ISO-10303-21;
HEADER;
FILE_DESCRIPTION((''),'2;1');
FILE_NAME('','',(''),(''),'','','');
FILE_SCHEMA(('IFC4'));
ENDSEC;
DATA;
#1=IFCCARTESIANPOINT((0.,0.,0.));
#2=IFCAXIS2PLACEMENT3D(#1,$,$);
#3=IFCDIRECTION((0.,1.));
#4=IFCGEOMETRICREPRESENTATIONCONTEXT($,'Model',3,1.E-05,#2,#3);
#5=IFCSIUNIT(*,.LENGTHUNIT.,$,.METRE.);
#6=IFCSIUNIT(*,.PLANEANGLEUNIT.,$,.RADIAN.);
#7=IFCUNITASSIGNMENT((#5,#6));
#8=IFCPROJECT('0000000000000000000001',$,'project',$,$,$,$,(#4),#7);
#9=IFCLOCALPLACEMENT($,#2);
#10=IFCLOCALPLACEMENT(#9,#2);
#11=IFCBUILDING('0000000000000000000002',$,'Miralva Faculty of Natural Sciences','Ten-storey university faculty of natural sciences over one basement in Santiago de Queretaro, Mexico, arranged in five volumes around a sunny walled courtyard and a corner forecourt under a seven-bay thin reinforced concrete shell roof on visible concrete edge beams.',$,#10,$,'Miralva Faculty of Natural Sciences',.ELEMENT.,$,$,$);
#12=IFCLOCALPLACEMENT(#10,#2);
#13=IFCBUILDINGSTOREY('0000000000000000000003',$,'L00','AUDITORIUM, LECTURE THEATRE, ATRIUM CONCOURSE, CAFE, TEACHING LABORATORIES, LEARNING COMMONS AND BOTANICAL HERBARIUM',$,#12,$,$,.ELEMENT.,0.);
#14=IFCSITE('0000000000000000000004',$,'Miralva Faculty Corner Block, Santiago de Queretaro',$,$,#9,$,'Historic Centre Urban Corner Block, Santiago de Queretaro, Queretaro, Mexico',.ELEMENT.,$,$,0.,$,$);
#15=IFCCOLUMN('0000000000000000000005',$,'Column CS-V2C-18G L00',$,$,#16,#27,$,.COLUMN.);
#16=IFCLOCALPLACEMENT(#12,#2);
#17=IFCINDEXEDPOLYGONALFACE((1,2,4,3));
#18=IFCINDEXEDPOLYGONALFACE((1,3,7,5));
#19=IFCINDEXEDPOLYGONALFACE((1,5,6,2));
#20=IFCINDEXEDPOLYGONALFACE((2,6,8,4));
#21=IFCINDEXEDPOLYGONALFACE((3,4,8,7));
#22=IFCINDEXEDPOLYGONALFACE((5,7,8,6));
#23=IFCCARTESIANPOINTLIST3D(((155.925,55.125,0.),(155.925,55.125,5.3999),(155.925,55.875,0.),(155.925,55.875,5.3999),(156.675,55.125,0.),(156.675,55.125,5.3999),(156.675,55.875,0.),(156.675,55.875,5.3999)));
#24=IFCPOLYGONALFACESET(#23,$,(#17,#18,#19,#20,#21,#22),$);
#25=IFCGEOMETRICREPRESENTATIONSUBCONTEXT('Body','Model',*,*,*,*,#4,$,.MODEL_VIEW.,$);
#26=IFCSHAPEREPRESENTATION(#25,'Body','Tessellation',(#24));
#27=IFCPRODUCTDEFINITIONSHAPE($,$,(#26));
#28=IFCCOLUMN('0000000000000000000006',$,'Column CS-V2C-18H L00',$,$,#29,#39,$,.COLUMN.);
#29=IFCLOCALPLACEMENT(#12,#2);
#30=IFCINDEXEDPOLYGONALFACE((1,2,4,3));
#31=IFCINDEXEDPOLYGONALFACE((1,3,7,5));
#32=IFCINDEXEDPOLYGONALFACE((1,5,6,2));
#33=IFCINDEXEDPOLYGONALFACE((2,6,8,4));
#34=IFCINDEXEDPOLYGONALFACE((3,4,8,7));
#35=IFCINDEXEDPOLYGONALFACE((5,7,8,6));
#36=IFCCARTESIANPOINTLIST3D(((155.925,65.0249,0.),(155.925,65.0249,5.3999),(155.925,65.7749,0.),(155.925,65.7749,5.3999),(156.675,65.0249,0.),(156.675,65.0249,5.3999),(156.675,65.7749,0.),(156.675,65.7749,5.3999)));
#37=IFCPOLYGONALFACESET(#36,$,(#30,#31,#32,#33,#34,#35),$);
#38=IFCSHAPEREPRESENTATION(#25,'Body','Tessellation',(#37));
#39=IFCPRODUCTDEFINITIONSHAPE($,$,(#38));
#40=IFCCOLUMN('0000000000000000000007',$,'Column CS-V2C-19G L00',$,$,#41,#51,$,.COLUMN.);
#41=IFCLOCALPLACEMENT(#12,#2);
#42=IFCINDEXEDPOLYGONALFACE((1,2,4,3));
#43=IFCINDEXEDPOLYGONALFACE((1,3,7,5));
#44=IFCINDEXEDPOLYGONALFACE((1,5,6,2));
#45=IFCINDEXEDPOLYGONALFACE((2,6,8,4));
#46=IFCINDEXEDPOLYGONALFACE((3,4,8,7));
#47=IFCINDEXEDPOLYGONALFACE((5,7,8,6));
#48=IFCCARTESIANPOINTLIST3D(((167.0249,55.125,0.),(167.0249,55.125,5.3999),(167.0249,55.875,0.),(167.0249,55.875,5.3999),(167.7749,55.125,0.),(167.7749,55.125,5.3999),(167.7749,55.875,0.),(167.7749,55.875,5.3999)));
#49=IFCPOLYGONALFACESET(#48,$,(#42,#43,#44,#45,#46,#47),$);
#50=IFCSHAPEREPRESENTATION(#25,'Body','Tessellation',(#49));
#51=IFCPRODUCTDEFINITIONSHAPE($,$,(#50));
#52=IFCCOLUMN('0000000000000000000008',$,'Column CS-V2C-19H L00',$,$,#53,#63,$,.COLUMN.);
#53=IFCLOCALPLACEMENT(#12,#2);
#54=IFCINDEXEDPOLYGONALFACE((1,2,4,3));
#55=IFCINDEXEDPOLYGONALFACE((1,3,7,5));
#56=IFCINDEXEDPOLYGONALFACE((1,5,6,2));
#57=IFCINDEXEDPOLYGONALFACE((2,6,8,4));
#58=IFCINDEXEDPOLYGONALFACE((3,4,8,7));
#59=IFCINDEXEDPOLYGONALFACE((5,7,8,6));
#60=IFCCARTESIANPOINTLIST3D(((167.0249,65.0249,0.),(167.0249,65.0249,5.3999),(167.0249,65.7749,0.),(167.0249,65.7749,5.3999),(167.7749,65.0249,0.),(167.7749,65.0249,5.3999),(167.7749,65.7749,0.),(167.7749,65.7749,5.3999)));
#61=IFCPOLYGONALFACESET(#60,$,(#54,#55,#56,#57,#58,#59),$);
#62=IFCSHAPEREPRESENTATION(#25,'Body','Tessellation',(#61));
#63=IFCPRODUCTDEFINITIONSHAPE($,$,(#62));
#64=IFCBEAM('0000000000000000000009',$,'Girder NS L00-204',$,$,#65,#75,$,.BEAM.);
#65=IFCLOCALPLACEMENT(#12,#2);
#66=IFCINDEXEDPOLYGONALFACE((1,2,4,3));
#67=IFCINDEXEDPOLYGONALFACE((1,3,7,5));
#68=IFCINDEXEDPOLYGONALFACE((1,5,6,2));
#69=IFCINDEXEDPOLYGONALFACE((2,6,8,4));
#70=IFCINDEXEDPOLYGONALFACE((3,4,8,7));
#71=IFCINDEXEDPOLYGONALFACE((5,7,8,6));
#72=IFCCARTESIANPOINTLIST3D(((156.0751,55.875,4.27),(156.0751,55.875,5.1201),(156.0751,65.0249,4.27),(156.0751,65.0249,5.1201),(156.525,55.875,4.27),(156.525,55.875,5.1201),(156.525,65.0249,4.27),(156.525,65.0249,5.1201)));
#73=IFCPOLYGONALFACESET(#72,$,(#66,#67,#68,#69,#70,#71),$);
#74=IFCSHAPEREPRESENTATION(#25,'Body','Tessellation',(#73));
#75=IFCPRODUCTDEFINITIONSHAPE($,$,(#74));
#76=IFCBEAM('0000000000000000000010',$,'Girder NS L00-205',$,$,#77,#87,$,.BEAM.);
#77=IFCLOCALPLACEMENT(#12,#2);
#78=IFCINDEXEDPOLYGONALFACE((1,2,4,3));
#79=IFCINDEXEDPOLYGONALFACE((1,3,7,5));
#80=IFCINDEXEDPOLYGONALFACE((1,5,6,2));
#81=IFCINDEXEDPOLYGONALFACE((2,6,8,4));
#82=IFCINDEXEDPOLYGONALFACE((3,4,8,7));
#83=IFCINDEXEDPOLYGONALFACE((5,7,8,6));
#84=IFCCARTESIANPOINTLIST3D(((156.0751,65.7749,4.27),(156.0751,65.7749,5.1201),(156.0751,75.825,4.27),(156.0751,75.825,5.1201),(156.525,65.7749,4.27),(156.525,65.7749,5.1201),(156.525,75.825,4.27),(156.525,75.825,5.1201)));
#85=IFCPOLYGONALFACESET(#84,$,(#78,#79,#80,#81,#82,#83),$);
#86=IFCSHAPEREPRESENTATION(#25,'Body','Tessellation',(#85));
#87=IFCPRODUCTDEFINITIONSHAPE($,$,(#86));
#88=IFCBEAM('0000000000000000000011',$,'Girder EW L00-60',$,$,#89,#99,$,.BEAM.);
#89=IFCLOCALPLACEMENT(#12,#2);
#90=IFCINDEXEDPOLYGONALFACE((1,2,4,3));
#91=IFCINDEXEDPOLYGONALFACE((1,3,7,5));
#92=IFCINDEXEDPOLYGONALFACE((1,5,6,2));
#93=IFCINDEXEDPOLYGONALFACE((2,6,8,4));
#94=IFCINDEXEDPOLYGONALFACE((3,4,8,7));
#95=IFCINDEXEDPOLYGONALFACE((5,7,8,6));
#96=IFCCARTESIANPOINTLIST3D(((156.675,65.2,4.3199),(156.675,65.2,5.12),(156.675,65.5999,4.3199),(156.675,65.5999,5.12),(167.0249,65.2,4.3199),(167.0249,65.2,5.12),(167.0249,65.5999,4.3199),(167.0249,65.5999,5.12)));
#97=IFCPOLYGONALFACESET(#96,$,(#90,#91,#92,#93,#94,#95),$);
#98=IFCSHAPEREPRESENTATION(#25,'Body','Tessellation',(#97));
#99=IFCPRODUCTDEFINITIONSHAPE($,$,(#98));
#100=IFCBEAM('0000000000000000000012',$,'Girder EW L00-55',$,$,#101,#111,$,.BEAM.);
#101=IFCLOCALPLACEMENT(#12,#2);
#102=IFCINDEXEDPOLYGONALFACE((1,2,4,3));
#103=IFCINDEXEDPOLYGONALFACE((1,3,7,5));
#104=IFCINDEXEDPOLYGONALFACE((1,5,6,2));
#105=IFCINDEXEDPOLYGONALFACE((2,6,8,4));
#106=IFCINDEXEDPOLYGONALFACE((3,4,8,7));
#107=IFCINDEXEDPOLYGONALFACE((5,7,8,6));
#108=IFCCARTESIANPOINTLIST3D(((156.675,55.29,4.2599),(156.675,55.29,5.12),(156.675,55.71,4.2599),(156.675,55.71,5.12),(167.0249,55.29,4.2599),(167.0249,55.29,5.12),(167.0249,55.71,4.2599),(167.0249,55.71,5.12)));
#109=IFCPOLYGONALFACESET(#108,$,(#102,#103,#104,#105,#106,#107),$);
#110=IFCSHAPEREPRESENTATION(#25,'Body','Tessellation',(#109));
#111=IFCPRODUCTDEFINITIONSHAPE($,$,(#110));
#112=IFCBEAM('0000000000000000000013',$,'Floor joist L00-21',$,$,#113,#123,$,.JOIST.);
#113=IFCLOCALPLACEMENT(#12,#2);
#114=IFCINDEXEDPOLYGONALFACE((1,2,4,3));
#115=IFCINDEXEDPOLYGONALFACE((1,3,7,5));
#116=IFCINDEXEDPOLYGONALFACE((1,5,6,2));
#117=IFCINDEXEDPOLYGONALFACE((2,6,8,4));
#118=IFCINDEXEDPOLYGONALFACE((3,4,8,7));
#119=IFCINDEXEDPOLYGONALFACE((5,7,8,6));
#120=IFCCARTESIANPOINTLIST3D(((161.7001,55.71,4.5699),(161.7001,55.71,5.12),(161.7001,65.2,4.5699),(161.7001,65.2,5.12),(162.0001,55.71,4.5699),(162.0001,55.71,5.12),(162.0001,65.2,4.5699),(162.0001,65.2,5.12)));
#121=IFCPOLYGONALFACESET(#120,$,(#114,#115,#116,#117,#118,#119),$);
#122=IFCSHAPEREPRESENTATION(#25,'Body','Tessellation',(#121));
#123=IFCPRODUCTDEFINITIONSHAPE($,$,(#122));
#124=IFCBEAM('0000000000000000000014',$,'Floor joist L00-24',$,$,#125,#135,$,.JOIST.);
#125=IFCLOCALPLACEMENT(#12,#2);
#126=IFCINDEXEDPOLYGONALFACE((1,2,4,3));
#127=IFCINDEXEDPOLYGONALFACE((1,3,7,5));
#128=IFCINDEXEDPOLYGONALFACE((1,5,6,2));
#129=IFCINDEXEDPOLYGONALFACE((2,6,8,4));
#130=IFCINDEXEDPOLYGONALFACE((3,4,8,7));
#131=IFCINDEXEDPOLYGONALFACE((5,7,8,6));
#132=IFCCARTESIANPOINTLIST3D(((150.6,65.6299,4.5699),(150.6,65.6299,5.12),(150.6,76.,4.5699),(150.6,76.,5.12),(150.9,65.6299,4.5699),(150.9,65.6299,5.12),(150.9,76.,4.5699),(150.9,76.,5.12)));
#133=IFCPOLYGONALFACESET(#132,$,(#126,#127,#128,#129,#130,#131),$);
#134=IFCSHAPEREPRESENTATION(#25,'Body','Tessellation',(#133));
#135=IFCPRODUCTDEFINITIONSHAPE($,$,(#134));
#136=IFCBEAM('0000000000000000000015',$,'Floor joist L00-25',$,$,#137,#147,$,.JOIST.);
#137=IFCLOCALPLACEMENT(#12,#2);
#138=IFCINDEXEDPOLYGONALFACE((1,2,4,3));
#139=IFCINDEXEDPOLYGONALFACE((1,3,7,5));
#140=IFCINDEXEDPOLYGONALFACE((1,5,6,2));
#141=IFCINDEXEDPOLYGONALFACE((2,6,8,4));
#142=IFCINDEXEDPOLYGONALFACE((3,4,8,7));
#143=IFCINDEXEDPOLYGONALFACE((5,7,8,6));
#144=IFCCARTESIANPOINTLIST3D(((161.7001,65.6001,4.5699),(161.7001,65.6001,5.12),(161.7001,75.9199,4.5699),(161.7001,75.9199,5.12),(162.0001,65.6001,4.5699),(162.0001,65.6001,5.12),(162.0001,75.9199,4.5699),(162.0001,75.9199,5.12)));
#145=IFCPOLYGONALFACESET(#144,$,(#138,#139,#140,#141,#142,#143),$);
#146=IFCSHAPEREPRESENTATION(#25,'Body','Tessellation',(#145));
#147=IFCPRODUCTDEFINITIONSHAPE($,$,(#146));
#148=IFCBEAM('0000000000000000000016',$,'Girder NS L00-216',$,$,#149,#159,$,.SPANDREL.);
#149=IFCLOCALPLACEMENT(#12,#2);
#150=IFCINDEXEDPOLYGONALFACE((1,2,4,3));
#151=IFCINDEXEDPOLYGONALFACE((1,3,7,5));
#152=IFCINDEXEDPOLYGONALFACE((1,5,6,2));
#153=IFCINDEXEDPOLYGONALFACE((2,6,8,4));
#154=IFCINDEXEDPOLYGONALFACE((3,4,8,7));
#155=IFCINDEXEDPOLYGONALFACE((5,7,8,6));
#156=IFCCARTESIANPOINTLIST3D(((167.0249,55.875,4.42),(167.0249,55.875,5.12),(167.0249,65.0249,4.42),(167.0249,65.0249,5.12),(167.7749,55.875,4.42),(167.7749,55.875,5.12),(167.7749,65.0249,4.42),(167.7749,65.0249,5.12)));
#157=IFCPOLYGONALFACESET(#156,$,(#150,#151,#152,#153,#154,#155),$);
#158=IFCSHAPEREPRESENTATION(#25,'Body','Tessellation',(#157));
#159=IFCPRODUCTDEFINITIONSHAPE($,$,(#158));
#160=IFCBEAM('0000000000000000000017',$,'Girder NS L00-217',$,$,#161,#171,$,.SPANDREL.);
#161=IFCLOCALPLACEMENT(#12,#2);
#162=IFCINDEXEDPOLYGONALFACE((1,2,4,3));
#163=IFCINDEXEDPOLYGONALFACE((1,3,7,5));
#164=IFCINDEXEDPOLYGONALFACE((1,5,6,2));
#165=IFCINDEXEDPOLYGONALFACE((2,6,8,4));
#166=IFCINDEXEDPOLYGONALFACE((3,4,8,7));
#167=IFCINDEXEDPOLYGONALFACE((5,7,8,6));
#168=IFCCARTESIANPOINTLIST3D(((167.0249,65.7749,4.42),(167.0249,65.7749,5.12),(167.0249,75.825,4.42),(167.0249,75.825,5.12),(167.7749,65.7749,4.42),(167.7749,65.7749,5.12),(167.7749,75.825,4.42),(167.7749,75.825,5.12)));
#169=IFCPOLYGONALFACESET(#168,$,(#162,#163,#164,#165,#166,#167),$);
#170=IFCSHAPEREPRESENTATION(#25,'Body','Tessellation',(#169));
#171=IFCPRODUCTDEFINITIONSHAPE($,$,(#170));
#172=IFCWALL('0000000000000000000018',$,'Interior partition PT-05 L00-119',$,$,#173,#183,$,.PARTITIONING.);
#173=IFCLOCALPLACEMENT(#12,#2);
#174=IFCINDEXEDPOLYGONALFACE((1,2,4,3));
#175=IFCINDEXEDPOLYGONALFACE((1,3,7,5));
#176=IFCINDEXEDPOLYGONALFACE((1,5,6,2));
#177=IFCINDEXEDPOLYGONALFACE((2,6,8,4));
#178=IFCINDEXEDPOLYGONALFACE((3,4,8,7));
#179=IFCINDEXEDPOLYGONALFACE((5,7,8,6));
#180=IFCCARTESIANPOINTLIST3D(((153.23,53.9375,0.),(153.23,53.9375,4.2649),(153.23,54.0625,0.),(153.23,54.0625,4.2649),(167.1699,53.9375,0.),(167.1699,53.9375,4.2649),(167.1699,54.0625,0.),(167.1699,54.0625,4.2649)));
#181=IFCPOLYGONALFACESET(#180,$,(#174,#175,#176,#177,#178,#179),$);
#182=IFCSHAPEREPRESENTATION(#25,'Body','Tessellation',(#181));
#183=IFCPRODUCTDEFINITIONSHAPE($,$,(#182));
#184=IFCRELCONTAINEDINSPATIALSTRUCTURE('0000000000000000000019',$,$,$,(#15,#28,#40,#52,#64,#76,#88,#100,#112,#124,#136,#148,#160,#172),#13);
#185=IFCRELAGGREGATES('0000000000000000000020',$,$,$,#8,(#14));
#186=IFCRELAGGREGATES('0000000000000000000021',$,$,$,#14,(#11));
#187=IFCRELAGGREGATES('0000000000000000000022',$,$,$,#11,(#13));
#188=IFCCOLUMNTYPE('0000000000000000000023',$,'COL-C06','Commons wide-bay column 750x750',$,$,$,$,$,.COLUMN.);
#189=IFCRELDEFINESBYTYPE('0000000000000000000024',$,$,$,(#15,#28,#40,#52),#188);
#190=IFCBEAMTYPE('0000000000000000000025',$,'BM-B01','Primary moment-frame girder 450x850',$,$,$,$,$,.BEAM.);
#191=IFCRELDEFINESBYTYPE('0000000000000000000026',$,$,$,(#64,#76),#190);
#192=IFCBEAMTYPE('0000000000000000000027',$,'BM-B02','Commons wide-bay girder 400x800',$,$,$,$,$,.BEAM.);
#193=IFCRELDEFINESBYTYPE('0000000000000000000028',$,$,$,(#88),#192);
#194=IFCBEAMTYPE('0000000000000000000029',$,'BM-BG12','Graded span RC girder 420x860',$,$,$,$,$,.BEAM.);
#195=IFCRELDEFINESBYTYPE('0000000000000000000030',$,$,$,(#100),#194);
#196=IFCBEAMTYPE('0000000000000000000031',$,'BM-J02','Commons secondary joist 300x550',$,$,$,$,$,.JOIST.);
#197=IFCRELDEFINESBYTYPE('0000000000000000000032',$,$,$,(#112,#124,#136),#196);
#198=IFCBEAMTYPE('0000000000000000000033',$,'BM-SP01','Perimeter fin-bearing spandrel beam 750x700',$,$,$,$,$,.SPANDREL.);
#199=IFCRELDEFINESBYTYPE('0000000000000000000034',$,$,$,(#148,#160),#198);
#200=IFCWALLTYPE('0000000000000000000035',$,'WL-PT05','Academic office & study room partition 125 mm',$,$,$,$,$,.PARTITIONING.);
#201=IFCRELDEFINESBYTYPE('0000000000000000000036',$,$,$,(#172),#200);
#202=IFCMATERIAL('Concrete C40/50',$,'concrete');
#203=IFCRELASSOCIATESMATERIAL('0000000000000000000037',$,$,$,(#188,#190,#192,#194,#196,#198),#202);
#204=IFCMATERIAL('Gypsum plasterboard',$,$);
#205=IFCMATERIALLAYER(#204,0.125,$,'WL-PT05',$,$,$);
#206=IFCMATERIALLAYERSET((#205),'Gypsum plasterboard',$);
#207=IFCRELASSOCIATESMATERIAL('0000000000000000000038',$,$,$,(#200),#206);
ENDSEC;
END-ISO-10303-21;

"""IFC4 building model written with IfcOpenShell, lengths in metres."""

from ifc_helpers import new_model, si_unit, direction, frame, frame_2d, origin, origin_2d, place, context, subcontext, project, spatial, rectangle, extrude, material, layer, layer_set, material_profile, profile_set, type_object, element, save


model = new_model("IFC4")

# Units and contexts
model_context = context("Model", 3, precision=1e-05, world=origin(), true_north=direction((0.0, 1.0)))
body_context = subcontext(model_context, "Body", "Model", "MODEL_VIEW")
ifc_project = project(units=[si_unit("LENGTHUNIT", "METRE"), si_unit("PLANEANGLEUNIT", "RADIAN")], contexts=[model_context])

# Site, building, storey
site_placement = place(None, origin())
site = spatial("IfcSite", under=ifc_project, at=site_placement, Name="Miralva Faculty Corner Block, Santiago de Queretaro", LongName="Historic Centre Urban Corner Block, Santiago de Queretaro, Queretaro, Mexico", CompositionType="ELEMENT", RefElevation=0.0)
building_placement = place(site_placement, origin())
building = spatial("IfcBuilding", under=site, at=building_placement, Name="Miralva Faculty of Natural Sciences", Description="Ten-storey university faculty of natural sciences over one basement in Santiago de Queretaro, Mexico, arranged in five volumes around a sunny walled courtyard and a corner forecourt under a seven-bay thin reinforced concrete shell roof on visible concrete edge beams.", LongName="Miralva Faculty of Natural Sciences", CompositionType="ELEMENT")
storey_placement = place(building_placement, origin())
storey = spatial("IfcBuildingStorey", under=building, at=storey_placement, Name="L00", Description="AUDITORIUM, LECTURE THEATRE, ATRIUM CONCOURSE, CAFE, TEACHING LABORATORIES, LEARNING COMMONS AND BOTANICAL HERBARIUM", CompositionType="ELEMENT", Elevation=0.0)

# Columns
ifc_material_1 = material(Name="Concrete C40/50", Category="concrete")
ifc_material_profile_1 = material_profile(ifc_material_1, rectangle(XDim=0.75, YDim=0.75, at=origin_2d()), Name="RC 750x750")
ifc_profile_set_1 = profile_set([ifc_material_profile_1], Name="Concrete C40/50")
column_type = type_object("IfcColumnType", Name="COL-C06", Description="Commons wide-bay column 750x750", PredefinedType="COLUMN", material=ifc_profile_set_1)
for number, where, z_axis, x_axis, name in (
    (1, (156.3, 55.5, 0.0), (0.0, 0.0, 1.0), (1.0, 0.0, 0.0), "Column CS-V2C-18G L00"),
    (2, (156.3, 65.3999, 0.0), (0.0, 0.0, 1.0), (1.0, 0.0, 0.0), "Column CS-V2C-18H L00"),
    (3, (167.3999, 55.5, 0.0), (0.0, 0.0, 1.0), (1.0, 0.0, 0.0), "Column CS-V2C-19G L00"),
    (4, (167.3999, 65.3999, 0.0), (0.0, 0.0, 1.0), (1.0, 0.0, 0.0), "Column CS-V2C-19H L00"),
):
    element("IfcColumn", number, at=place(storey_placement, frame(where, z_axis=z_axis, x_axis=x_axis)), inside=storey, type_object=column_type, Name=name, PredefinedType="COLUMN", context=body_context, shape_type="SweptSolid", body=[
        extrude(rectangle(XDim=0.75, YDim=0.75, at=origin_2d()), origin(), (0.0, 0.0, 1.0), 5.3999),
    ])

# Beams
ifc_material_profile_2 = material_profile(ifc_material_1, rectangle(XDim=0.45, YDim=0.8501, at=origin_2d()), Name="RC 450x850")
ifc_profile_set_2 = profile_set([ifc_material_profile_2], Name="Concrete C40/50")
beam_type_1 = type_object("IfcBeamType", Name="BM-B01", Description="Primary moment-frame girder 450x850", PredefinedType="BEAM", material=ifc_profile_set_2)
beam_1_placement = place(storey_placement, frame((156.3, 55.875, 4.6951), z_axis=(0.0, 1.0, 0.0), x_axis=(-1.0, 0.0, 0.0)))
element("IfcBeam", 5, at=beam_1_placement, inside=storey, type_object=beam_type_1, Name="Girder NS L00-204", PredefinedType="BEAM", context=body_context, shape_type="SweptSolid", body=[
    extrude(rectangle(XDim=0.45, YDim=0.8501, at=origin_2d()), origin(), (0.0, 0.0, 1.0), 9.1499),
])
beam_2_placement = place(storey_placement, frame((156.3, 65.7749, 4.6951), z_axis=(0.0, 1.0, 0.0), x_axis=(-1.0, 0.0, 0.0)))
element("IfcBeam", 6, at=beam_2_placement, inside=storey, type_object=beam_type_1, Name="Girder NS L00-205", PredefinedType="BEAM", context=body_context, shape_type="SweptSolid", body=[
    extrude(rectangle(XDim=0.45, YDim=0.8501, at=origin_2d()), origin(), (0.0, 0.0, 1.0), 10.05),
])
ifc_material_profile_3 = material_profile(ifc_material_1, rectangle(XDim=0.3999, YDim=0.8, at=origin_2d()), Name="RC 400x800")
ifc_profile_set_3 = profile_set([ifc_material_profile_3], Name="Concrete C40/50")
beam_type_2 = type_object("IfcBeamType", Name="BM-B02", Description="Commons wide-bay girder 400x800", PredefinedType="BEAM", material=ifc_profile_set_3)
beam_3_placement = place(storey_placement, frame((156.675, 65.3999, 4.72), z_axis=(1.0, 0.0, 0.0), x_axis=(0.0, 1.0, 0.0)))
element("IfcBeam", 7, at=beam_3_placement, inside=storey, type_object=beam_type_2, Name="Girder EW L00-60", PredefinedType="BEAM", context=body_context, shape_type="SweptSolid", body=[
    extrude(rectangle(XDim=0.3999, YDim=0.8, at=origin_2d()), origin(), (0.0, 0.0, 1.0), 10.3499),
])
ifc_material_profile_4 = material_profile(ifc_material_1, rectangle(XDim=0.4199, YDim=0.8601, at=origin_2d()), Name="RC 420x860")
ifc_profile_set_4 = profile_set([ifc_material_profile_4], Name="Concrete C40/50")
beam_type_3 = type_object("IfcBeamType", Name="BM-BG12", Description="Graded span RC girder 420x860", PredefinedType="BEAM", material=ifc_profile_set_4)
beam_4_placement = place(storey_placement, frame((156.675, 55.5, 4.6899), z_axis=(1.0, 0.0, 0.0), x_axis=(0.0, 1.0, 0.0)))
element("IfcBeam", 8, at=beam_4_placement, inside=storey, type_object=beam_type_3, Name="Girder EW L00-55", PredefinedType="BEAM", context=body_context, shape_type="SweptSolid", body=[
    extrude(rectangle(XDim=0.4199, YDim=0.8601, at=origin_2d()), origin(), (0.0, 0.0, 1.0), 10.3499),
])
ifc_material_profile_5 = material_profile(ifc_material_1, rectangle(XDim=0.3, YDim=0.55, at=origin_2d()), Name="RC 300x550")
ifc_profile_set_5 = profile_set([ifc_material_profile_5], Name="Concrete C40/50")
beam_type_4 = type_object("IfcBeamType", Name="BM-J02", Description="Commons secondary joist 300x550", PredefinedType="JOIST", material=ifc_profile_set_5)
beam_5_placement = place(storey_placement, frame((161.8501, 55.71, 4.845), z_axis=(0.0, 1.0, 0.0), x_axis=(-1.0, 0.0, 0.0)))
element("IfcBeam", 9, at=beam_5_placement, inside=storey, type_object=beam_type_4, Name="Floor joist L00-21", PredefinedType="JOIST", context=body_context, shape_type="SweptSolid", body=[
    extrude(rectangle(XDim=0.3, YDim=0.55, at=origin_2d()), origin(), (0.0, 0.0, 1.0), 9.49),
])
beam_6_placement = place(storey_placement, frame((150.75, 65.6299, 4.845), z_axis=(0.0, 1.0, 0.0), x_axis=(-1.0, 0.0, 0.0)))
element("IfcBeam", 10, at=beam_6_placement, inside=storey, type_object=beam_type_4, Name="Floor joist L00-24", PredefinedType="JOIST", context=body_context, shape_type="SweptSolid", body=[
    extrude(rectangle(XDim=0.3, YDim=0.55, at=origin_2d()), origin(), (0.0, 0.0, 1.0), 10.3701),
])
beam_7_placement = place(storey_placement, frame((161.8501, 65.6001, 4.845), z_axis=(0.0, 1.0, 0.0), x_axis=(-1.0, 0.0, 0.0)))
element("IfcBeam", 11, at=beam_7_placement, inside=storey, type_object=beam_type_4, Name="Floor joist L00-25", PredefinedType="JOIST", context=body_context, shape_type="SweptSolid", body=[
    extrude(rectangle(XDim=0.3, YDim=0.55, at=origin_2d()), origin(), (0.0, 0.0, 1.0), 10.3198),
])
ifc_material_profile_6 = material_profile(ifc_material_1, rectangle(XDim=0.75, YDim=0.7, at=origin_2d()), Name="RC 750x700")
ifc_profile_set_6 = profile_set([ifc_material_profile_6], Name="Concrete C40/50")
beam_type_5 = type_object("IfcBeamType", Name="BM-SP01", Description="Perimeter fin-bearing spandrel beam 750x700", PredefinedType="SPANDREL", material=ifc_profile_set_6)
beam_8_placement = place(storey_placement, frame((167.3999, 55.875, 4.77), z_axis=(0.0, 1.0, 0.0), x_axis=(-1.0, 0.0, 0.0)))
element("IfcBeam", 12, at=beam_8_placement, inside=storey, type_object=beam_type_5, Name="Girder NS L00-216", PredefinedType="SPANDREL", context=body_context, shape_type="SweptSolid", body=[
    extrude(rectangle(XDim=0.75, YDim=0.7, at=origin_2d()), origin(), (0.0, 0.0, 1.0), 9.1499),
])
beam_9_placement = place(storey_placement, frame((167.3999, 65.7749, 4.77), z_axis=(0.0, 1.0, 0.0), x_axis=(-1.0, 0.0, 0.0)))
element("IfcBeam", 13, at=beam_9_placement, inside=storey, type_object=beam_type_5, Name="Girder NS L00-217", PredefinedType="SPANDREL", context=body_context, shape_type="SweptSolid", body=[
    extrude(rectangle(XDim=0.75, YDim=0.7, at=origin_2d()), origin(), (0.0, 0.0, 1.0), 10.05),
])

# Wall
ifc_material_2 = material(Name="Gypsum plasterboard")
ifc_layer_1 = layer(ifc_material_2, 0.125, Name="WL-PT05")
ifc_layer_set_1 = layer_set([ifc_layer_1], Name="Gypsum plasterboard")
wall_type_1 = type_object("IfcWallType", Name="WL-PT05", Description="Academic office & study room partition 125 mm", PredefinedType="PARTITIONING", material=ifc_layer_set_1)
wall_1_placement = place(storey_placement, frame((153.23, 54.0, 0.0), z_axis=(0.0, 0.0, 1.0), x_axis=(1.0, 0.0, 0.0)))
element("IfcWall", 14, at=wall_1_placement, inside=storey, type_object=wall_type_1, Name="Interior partition PT-05 L00-119", PredefinedType="PARTITIONING", context=body_context, shape_type="SweptSolid", body=[
    extrude(rectangle(XDim=13.9399, YDim=0.125, at=frame_2d((6.97, 0.0))), origin(), (0.0, 0.0, 1.0), 4.2649),
])

save(model, "model.ifc")
